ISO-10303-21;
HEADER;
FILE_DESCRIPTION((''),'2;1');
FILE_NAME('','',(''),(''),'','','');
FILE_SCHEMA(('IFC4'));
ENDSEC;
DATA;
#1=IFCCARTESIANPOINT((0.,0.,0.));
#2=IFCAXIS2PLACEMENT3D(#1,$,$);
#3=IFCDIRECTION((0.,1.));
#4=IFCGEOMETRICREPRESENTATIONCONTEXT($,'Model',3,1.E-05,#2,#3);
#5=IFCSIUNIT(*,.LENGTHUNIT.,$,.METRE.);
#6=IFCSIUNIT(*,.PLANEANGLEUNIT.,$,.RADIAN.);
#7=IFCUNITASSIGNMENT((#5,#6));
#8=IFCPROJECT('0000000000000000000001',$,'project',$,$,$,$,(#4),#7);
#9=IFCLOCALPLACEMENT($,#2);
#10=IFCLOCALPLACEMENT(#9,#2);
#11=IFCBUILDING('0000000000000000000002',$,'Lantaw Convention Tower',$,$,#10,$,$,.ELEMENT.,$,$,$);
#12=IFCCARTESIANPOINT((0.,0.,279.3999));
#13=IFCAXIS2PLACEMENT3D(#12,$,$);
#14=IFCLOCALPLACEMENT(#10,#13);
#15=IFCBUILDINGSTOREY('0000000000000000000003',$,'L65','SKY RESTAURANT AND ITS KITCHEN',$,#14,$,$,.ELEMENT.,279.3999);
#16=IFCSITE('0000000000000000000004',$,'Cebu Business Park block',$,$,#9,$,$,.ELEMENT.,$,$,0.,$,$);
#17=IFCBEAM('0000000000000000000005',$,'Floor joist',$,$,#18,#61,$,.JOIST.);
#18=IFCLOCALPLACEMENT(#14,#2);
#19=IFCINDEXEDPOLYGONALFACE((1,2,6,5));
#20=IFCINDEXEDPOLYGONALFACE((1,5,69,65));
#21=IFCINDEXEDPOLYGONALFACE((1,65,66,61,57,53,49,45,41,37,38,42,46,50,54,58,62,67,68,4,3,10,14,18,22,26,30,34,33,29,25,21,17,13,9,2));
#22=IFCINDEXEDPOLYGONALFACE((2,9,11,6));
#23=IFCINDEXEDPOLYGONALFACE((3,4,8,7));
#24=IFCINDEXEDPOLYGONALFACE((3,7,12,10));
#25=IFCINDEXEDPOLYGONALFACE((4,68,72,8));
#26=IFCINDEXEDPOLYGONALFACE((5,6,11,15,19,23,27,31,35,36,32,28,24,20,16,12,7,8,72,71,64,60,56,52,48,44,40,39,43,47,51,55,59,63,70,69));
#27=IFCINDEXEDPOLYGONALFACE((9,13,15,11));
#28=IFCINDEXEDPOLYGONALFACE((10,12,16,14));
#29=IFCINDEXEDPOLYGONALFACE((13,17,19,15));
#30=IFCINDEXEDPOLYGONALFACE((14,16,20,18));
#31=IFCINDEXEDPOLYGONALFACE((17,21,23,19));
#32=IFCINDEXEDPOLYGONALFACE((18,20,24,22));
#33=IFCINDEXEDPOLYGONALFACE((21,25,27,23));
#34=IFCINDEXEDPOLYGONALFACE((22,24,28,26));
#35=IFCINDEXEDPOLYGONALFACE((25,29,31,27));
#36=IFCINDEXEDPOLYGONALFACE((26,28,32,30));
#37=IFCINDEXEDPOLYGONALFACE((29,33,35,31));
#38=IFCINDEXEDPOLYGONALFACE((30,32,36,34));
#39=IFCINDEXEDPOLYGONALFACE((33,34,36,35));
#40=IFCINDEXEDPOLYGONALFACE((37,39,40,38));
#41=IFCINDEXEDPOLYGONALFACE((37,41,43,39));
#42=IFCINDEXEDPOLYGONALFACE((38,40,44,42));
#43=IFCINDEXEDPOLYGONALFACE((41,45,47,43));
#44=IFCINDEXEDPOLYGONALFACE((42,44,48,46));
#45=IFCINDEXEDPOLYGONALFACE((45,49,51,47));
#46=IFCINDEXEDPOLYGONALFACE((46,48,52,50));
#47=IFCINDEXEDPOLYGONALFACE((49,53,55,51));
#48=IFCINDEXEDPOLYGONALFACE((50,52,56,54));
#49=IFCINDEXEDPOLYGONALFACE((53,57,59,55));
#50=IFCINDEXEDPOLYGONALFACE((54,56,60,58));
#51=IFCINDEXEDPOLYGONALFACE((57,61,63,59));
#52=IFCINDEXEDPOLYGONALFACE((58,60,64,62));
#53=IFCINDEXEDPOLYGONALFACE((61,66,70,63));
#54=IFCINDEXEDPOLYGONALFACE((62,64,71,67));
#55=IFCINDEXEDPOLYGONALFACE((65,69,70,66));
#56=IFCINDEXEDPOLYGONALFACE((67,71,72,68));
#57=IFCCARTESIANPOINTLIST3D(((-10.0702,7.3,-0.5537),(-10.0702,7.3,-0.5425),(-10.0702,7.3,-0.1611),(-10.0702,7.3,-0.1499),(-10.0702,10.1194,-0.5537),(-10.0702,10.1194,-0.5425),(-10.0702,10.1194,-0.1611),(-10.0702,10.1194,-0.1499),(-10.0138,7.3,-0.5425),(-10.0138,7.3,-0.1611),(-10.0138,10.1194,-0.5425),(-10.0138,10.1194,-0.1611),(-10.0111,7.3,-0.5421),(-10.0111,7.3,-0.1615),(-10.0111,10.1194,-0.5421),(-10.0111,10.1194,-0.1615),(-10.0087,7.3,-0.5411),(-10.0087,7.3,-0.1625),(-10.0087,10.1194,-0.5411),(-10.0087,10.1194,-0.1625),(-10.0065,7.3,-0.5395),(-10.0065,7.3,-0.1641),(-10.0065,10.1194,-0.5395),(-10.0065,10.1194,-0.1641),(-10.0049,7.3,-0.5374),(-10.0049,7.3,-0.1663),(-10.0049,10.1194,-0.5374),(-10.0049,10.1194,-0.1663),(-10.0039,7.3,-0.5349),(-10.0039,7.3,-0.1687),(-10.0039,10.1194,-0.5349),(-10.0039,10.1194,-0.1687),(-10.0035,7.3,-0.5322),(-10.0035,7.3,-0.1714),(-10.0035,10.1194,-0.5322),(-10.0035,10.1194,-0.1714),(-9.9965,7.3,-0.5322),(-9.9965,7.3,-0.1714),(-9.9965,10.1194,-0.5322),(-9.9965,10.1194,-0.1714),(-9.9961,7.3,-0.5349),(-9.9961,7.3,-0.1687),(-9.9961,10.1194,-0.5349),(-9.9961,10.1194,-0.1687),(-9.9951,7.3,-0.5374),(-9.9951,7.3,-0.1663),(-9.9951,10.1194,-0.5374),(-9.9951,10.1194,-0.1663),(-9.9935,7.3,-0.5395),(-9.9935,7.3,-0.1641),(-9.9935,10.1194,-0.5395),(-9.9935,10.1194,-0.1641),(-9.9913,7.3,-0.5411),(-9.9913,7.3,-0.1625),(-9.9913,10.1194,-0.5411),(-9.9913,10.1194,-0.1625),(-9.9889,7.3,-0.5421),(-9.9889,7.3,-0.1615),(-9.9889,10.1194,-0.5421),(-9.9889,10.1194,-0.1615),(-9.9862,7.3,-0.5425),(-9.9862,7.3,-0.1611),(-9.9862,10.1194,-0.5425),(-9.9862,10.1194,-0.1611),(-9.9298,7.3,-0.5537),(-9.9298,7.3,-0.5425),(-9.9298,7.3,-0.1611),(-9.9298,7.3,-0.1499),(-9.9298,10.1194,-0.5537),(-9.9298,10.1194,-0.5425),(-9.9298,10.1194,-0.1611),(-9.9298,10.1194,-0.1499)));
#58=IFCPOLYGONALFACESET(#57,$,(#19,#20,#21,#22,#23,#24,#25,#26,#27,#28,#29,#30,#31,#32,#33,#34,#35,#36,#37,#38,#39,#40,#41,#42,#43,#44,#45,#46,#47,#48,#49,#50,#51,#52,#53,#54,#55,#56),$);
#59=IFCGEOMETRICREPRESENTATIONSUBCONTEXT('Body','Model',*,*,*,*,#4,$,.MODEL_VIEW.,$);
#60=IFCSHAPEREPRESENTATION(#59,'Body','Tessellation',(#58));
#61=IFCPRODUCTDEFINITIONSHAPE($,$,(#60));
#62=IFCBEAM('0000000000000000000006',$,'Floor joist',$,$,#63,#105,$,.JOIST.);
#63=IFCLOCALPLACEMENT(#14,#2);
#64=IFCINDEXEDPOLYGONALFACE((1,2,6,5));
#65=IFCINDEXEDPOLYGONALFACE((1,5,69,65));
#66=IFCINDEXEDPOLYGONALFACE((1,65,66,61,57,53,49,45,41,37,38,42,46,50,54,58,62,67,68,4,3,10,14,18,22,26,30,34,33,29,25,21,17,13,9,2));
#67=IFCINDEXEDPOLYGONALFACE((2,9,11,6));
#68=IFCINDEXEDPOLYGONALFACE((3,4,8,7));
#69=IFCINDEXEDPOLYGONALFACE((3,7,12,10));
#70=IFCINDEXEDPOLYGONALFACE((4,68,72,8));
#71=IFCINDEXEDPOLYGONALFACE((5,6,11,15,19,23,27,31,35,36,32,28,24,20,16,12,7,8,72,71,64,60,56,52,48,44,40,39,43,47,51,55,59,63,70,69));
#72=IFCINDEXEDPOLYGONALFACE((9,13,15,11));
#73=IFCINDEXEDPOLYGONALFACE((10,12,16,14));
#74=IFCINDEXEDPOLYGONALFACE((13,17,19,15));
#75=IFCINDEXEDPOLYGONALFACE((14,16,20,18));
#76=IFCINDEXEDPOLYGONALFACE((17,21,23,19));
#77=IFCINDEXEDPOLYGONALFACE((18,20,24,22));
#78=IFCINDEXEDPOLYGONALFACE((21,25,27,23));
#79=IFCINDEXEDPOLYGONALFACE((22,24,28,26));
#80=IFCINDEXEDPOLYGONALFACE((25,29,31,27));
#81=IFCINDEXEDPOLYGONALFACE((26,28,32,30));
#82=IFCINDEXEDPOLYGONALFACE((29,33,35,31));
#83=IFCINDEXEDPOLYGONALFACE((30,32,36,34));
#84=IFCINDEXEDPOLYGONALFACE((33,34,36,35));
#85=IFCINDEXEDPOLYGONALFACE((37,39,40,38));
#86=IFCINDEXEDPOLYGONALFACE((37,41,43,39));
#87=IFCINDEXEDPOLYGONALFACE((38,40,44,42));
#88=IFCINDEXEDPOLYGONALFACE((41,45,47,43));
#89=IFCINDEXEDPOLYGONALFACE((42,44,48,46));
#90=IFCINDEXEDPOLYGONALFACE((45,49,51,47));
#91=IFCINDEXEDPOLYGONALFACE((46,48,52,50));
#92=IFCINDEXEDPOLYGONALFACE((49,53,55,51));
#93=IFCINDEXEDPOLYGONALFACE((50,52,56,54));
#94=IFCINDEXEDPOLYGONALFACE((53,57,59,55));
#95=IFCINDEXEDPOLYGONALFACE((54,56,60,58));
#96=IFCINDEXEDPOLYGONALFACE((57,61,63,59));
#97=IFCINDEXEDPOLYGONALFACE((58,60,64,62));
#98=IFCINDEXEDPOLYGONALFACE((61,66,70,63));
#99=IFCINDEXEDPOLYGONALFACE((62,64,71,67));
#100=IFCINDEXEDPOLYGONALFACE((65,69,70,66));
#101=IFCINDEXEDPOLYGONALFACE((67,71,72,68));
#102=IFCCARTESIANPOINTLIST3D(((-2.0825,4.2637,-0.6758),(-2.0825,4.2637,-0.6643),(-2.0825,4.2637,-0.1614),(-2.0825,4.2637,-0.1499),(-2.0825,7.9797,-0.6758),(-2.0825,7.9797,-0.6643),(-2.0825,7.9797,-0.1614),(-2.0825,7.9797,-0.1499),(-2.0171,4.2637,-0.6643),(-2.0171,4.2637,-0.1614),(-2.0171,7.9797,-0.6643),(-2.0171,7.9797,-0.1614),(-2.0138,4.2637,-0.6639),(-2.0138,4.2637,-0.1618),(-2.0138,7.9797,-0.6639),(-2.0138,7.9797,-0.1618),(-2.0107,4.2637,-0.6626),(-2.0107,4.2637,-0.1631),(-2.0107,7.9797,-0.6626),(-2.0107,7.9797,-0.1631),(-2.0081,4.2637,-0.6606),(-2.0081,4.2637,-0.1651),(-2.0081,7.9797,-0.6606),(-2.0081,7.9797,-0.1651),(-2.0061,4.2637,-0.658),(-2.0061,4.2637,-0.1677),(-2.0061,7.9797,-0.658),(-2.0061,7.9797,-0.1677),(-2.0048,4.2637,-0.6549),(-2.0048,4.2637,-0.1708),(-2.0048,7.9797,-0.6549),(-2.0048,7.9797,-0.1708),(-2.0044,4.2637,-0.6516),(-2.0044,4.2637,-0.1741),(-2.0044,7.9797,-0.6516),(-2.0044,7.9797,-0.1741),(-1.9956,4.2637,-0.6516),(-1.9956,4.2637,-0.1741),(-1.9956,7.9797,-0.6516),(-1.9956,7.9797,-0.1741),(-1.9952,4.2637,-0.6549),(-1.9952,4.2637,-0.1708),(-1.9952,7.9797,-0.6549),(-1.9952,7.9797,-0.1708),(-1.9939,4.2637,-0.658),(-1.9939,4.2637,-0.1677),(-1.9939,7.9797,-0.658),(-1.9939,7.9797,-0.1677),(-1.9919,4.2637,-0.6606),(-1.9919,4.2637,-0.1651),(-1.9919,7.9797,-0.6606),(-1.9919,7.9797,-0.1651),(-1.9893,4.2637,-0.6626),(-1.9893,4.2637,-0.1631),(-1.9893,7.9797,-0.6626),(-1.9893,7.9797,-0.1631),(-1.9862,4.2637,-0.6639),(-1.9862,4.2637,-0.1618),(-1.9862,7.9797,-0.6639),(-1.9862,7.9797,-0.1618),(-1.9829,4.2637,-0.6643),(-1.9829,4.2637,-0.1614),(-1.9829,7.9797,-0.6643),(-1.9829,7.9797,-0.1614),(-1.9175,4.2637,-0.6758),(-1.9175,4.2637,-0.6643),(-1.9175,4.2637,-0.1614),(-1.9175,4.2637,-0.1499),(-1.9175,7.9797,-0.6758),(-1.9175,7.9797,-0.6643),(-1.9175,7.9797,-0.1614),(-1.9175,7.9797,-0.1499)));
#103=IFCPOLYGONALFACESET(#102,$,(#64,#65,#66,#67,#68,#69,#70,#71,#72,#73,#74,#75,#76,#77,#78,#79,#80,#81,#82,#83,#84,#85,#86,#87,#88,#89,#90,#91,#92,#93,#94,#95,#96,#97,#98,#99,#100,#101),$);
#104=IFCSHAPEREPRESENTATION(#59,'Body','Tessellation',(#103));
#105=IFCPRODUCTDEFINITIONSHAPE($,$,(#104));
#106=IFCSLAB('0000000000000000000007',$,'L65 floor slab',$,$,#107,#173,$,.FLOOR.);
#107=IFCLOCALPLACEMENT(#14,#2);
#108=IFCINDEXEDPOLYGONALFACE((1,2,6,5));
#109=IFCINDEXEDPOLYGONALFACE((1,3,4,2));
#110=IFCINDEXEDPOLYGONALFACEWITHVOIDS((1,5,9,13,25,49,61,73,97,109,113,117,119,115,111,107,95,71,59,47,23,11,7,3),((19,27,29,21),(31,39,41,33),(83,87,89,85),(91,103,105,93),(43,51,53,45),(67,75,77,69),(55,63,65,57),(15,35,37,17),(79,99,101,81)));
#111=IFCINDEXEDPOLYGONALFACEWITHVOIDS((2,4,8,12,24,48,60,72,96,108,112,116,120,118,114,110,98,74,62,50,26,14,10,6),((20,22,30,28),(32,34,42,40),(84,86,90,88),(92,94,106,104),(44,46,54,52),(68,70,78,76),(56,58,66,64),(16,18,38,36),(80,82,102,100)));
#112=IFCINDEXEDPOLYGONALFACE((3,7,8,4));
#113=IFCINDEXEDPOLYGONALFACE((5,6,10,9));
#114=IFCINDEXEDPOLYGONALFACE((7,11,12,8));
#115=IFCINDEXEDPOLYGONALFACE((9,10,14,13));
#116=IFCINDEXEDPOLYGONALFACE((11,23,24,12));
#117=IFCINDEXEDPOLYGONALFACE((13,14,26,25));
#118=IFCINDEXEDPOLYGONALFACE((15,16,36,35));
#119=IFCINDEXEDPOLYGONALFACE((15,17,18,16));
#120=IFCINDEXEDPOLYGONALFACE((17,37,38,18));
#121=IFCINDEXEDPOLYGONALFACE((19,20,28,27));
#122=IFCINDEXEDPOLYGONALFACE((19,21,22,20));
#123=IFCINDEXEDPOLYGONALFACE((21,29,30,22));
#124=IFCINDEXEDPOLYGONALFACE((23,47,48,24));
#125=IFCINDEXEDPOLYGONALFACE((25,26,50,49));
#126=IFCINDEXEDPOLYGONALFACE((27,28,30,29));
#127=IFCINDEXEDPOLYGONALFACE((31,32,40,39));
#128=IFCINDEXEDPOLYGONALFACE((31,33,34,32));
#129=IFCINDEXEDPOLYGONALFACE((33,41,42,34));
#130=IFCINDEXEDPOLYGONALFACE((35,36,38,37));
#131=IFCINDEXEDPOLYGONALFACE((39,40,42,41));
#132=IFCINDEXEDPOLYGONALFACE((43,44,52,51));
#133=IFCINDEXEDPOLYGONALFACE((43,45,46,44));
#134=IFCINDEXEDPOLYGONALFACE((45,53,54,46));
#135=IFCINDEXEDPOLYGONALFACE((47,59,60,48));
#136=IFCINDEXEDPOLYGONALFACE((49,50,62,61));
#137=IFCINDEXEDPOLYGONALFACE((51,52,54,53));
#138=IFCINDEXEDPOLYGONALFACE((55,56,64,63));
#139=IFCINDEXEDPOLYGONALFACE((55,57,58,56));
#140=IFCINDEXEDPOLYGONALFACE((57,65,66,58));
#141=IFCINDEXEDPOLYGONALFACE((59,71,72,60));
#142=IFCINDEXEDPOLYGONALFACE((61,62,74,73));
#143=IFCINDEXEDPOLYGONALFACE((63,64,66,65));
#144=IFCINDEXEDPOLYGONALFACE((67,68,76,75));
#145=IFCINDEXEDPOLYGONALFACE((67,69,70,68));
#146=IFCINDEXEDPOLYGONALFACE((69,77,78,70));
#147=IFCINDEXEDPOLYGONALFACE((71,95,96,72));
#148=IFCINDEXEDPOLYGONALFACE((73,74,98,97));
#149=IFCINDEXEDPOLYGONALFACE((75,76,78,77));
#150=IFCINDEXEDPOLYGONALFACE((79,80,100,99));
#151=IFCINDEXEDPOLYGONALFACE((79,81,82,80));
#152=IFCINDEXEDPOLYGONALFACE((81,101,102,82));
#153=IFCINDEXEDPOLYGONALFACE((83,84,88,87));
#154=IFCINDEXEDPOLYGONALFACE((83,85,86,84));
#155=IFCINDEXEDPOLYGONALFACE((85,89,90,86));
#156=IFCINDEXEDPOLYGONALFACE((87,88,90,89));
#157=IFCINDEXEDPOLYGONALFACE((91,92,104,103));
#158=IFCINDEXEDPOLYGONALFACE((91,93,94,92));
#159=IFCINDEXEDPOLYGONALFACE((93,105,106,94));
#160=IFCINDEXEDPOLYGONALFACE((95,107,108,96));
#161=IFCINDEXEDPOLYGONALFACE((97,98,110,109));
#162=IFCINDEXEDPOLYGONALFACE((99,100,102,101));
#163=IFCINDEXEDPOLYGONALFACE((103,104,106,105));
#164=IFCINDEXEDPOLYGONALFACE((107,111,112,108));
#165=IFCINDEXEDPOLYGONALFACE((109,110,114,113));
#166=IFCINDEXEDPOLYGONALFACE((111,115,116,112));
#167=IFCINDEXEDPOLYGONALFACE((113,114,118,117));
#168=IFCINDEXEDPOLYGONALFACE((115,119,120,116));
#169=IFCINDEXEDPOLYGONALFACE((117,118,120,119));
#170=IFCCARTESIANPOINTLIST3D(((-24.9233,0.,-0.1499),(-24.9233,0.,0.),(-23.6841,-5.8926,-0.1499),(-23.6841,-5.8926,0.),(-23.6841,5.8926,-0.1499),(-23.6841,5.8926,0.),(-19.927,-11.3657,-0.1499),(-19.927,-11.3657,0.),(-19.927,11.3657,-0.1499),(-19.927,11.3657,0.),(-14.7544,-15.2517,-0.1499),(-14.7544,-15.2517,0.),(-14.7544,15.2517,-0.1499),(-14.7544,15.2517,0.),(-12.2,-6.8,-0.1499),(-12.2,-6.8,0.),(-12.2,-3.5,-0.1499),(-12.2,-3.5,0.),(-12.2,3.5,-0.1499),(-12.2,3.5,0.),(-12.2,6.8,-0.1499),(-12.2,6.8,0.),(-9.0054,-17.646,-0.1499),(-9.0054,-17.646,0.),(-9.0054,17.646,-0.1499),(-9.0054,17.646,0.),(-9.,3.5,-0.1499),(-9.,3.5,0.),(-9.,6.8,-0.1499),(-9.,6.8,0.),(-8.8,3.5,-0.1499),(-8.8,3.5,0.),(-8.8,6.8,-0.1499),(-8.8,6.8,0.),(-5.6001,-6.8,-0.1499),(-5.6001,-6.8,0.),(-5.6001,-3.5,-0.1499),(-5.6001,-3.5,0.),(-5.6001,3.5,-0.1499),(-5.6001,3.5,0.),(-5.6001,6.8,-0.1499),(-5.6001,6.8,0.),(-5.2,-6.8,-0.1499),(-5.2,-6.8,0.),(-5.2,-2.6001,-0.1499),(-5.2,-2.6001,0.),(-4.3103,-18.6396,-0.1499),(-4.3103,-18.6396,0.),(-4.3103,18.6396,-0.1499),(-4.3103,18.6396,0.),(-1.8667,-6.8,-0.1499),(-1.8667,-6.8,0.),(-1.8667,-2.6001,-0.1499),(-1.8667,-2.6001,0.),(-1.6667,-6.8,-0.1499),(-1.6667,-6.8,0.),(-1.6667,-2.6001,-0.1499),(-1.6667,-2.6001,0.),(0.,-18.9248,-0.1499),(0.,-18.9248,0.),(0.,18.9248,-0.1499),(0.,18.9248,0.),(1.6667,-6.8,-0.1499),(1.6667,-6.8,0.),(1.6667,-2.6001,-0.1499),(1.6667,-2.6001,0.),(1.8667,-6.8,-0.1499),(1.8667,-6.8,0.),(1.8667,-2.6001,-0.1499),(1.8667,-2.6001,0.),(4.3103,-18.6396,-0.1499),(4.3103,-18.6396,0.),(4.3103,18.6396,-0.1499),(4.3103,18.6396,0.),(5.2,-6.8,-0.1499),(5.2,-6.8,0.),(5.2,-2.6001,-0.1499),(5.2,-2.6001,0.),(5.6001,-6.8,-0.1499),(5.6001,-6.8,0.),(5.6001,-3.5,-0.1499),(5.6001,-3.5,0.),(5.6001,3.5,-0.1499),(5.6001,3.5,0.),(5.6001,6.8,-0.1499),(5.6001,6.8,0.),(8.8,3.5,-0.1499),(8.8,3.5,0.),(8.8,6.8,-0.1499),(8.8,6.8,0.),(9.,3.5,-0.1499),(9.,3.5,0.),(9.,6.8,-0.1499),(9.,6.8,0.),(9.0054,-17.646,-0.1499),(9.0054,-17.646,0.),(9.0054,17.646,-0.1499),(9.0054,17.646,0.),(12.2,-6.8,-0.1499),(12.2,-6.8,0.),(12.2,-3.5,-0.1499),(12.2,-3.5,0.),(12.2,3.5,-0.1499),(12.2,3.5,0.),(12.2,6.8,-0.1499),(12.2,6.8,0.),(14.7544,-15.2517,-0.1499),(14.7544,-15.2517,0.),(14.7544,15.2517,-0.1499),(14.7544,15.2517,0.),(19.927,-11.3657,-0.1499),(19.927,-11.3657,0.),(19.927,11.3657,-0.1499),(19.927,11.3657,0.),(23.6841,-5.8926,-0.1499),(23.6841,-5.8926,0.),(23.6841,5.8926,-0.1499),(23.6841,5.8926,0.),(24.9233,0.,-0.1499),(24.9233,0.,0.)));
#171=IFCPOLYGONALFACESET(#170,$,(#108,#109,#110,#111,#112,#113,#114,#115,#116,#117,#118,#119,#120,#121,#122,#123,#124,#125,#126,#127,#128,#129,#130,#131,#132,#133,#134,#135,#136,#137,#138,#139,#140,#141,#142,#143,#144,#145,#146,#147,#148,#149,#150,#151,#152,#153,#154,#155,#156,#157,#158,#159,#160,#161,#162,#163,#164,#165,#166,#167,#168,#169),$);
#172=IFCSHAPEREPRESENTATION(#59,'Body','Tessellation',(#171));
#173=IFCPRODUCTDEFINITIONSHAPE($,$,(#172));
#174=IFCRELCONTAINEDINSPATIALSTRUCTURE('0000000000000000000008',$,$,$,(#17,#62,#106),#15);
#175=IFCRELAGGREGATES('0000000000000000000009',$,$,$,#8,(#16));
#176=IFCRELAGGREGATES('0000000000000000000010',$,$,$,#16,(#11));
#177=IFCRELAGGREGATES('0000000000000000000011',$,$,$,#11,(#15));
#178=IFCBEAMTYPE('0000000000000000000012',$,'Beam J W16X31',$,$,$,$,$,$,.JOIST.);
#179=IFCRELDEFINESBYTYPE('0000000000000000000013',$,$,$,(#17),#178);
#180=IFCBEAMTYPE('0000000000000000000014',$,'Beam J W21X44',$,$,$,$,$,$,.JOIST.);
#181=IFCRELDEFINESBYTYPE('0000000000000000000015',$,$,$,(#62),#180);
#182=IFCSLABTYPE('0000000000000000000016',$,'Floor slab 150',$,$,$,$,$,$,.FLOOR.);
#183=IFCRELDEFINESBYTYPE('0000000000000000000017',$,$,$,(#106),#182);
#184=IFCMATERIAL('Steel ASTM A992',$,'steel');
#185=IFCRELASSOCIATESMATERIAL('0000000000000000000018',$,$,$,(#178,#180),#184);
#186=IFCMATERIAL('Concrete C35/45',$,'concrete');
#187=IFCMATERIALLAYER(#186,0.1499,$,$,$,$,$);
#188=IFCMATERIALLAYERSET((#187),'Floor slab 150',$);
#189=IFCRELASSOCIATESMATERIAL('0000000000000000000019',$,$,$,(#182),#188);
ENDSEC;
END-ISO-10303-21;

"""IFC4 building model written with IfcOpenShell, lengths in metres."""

from ifc_helpers import new_model, si_unit, direction, frame, origin, origin_2d, place, context, subcontext, project, spatial, polyline, i_section, outline, extrude, material, layer, layer_set, material_profile, profile_set, type_object, element, save


model = new_model("IFC4")

# Units and contexts
model_context = context("Model", 3, precision=1e-05, world=origin(), true_north=direction((0.0, 1.0)))
body_context = subcontext(model_context, "Body", "Model", "MODEL_VIEW")
ifc_project = project(units=[si_unit("LENGTHUNIT", "METRE"), si_unit("PLANEANGLEUNIT", "RADIAN")], contexts=[model_context])

# Site, building, storey
site_placement = place(None, origin())
site = spatial("IfcSite", under=ifc_project, at=site_placement, Name="Cebu Business Park block", CompositionType="ELEMENT", RefElevation=0.0)
building_placement = place(site_placement, origin())
building = spatial("IfcBuilding", under=site, at=building_placement, Name="Lantaw Convention Tower", CompositionType="ELEMENT")
storey_placement = place(building_placement, frame((0.0, 0.0, 279.3999)))
storey = spatial("IfcBuildingStorey", under=building, at=storey_placement, Name="L65", Description="SKY RESTAURANT AND ITS KITCHEN", CompositionType="ELEMENT", Elevation=279.3999)

# Beams
ifc_material_1 = material(Name="Steel ASTM A992", Category="steel")
ifc_material_profile_1 = material_profile(ifc_material_1, i_section(OverallWidth=0.1404, OverallDepth=0.4038, WebThickness=0.0071, FlangeThickness=0.0112, FilletRadius=0.0103, at=origin_2d()), Name="W16X31")
ifc_profile_set_1 = profile_set([ifc_material_profile_1], Name="Steel ASTM A992")
beam_type_1 = type_object("IfcBeamType", Name="Beam J W16X31", PredefinedType="JOIST", material=ifc_profile_set_1)
beam_1_placement = place(storey_placement, frame((-10.0, 7.3, -0.3518), z_axis=(0.0, 1.0, 0.0), x_axis=(-1.0, 0.0, 0.0)))
element("IfcBeam", 1, at=beam_1_placement, inside=storey, type_object=beam_type_1, Name="Floor joist", PredefinedType="JOIST", context=body_context, shape_type="SweptSolid", body=[
    extrude(i_section(OverallWidth=0.1404, OverallDepth=0.4038, WebThickness=0.0071, FlangeThickness=0.0112, FilletRadius=0.0103, at=origin_2d()), origin(), (0.0, 0.0, 1.0), 2.8193),
])
ifc_material_profile_2 = material_profile(ifc_material_1, i_section(OverallWidth=0.165, OverallDepth=0.5259, WebThickness=0.0088, FlangeThickness=0.0115, FilletRadius=0.0127, at=origin_2d()), Name="W21X44")
ifc_profile_set_2 = profile_set([ifc_material_profile_2], Name="Steel ASTM A992")
beam_type_2 = type_object("IfcBeamType", Name="Beam J W21X44", PredefinedType="JOIST", material=ifc_profile_set_2)
beam_2_placement = place(storey_placement, frame((-2.0, 4.2637, -0.4128), z_axis=(0.0, 1.0, 0.0), x_axis=(-1.0, 0.0, 0.0)))
element("IfcBeam", 2, at=beam_2_placement, inside=storey, type_object=beam_type_2, Name="Floor joist", PredefinedType="JOIST", context=body_context, shape_type="SweptSolid", body=[
    extrude(i_section(OverallWidth=0.165, OverallDepth=0.5259, WebThickness=0.0088, FlangeThickness=0.0115, FilletRadius=0.0127, at=origin_2d()), origin(), (0.0, 0.0, 1.0), 3.7161),
])

# Slab
ifc_material_2 = material(Name="Concrete C35/45", Category="concrete")
ifc_layer_1 = layer(ifc_material_2, 0.1499)
ifc_layer_set_1 = layer_set([ifc_layer_1], Name="Floor slab 150")
slab_type = type_object("IfcSlabType", Name="Floor slab 150", PredefinedType="FLOOR", material=ifc_layer_set_1)
slab_placement = place(storey_placement, frame((0.0, 0.0, -0.1499)))
element("IfcSlab", 3, at=slab_placement, inside=storey, type_object=slab_type, Name="L65 floor slab", PredefinedType="FLOOR", context=body_context, shape_type="SweptSolid", body=[
    extrude(outline(polyline([(23.6841, -5.8926), (24.9233, 0.0), (23.6841, 5.8926), (19.927, 11.3657), (14.7544, 15.2517), (9.0054, 17.646), (4.3103, 18.6396), (0.0, 18.9248), (-4.3103, 18.6396), (-9.0054, 17.646), (-14.7544, 15.2517), (-19.927, 11.3657), (-23.6841, 5.8926), (-24.9233, 0.0), (-23.6841, -5.8926), (-19.927, -11.3657), (-14.7544, -15.2517), (-9.0054, -17.646), (-4.3103, -18.6396), (0.0, -18.9248), (4.3103, -18.6396), (9.0054, -17.646), (14.7544, -15.2517), (19.927, -11.3657), (23.6841, -5.8926)]), holes=[polyline([(-5.6001, -3.5), (-12.2, -3.5), (-12.2, -6.8), (-5.6001, -6.8), (-5.6001, -3.5)]), polyline([(12.2, -3.5), (5.6001, -3.5), (5.6001, -6.8), (12.2, -6.8), (12.2, -3.5)]), polyline([(-1.8667, -2.6001), (-5.2, -2.6001), (-5.2, -6.8), (-1.8667, -6.8), (-1.8667, -2.6001)]), polyline([(1.6667, -2.6001), (-1.6667, -2.6001), (-1.6667, -6.8), (1.6667, -6.8), (1.6667, -2.6001)]), polyline([(5.2, -2.6001), (1.8667, -2.6001), (1.8667, -6.8), (5.2, -6.8), (5.2, -2.6001)]), polyline([(-9.0, 6.8), (-12.2, 6.8), (-12.2, 3.5), (-9.0, 3.5), (-9.0, 6.8)]), polyline([(-5.6001, 6.8), (-8.8, 6.8), (-8.8, 3.5), (-5.6001, 3.5), (-5.6001, 6.8)]), polyline([(8.8, 3.5), (8.8, 6.8), (5.6001, 6.8), (5.6001, 3.5), (8.8, 3.5)]), polyline([(12.2, 3.5), (12.2, 6.8), (9.0, 6.8), (9.0, 3.5), (12.2, 3.5)])]), origin(), (0.0, 0.0, 1.0), 0.1499),
])

save(model, "model.ifc")
